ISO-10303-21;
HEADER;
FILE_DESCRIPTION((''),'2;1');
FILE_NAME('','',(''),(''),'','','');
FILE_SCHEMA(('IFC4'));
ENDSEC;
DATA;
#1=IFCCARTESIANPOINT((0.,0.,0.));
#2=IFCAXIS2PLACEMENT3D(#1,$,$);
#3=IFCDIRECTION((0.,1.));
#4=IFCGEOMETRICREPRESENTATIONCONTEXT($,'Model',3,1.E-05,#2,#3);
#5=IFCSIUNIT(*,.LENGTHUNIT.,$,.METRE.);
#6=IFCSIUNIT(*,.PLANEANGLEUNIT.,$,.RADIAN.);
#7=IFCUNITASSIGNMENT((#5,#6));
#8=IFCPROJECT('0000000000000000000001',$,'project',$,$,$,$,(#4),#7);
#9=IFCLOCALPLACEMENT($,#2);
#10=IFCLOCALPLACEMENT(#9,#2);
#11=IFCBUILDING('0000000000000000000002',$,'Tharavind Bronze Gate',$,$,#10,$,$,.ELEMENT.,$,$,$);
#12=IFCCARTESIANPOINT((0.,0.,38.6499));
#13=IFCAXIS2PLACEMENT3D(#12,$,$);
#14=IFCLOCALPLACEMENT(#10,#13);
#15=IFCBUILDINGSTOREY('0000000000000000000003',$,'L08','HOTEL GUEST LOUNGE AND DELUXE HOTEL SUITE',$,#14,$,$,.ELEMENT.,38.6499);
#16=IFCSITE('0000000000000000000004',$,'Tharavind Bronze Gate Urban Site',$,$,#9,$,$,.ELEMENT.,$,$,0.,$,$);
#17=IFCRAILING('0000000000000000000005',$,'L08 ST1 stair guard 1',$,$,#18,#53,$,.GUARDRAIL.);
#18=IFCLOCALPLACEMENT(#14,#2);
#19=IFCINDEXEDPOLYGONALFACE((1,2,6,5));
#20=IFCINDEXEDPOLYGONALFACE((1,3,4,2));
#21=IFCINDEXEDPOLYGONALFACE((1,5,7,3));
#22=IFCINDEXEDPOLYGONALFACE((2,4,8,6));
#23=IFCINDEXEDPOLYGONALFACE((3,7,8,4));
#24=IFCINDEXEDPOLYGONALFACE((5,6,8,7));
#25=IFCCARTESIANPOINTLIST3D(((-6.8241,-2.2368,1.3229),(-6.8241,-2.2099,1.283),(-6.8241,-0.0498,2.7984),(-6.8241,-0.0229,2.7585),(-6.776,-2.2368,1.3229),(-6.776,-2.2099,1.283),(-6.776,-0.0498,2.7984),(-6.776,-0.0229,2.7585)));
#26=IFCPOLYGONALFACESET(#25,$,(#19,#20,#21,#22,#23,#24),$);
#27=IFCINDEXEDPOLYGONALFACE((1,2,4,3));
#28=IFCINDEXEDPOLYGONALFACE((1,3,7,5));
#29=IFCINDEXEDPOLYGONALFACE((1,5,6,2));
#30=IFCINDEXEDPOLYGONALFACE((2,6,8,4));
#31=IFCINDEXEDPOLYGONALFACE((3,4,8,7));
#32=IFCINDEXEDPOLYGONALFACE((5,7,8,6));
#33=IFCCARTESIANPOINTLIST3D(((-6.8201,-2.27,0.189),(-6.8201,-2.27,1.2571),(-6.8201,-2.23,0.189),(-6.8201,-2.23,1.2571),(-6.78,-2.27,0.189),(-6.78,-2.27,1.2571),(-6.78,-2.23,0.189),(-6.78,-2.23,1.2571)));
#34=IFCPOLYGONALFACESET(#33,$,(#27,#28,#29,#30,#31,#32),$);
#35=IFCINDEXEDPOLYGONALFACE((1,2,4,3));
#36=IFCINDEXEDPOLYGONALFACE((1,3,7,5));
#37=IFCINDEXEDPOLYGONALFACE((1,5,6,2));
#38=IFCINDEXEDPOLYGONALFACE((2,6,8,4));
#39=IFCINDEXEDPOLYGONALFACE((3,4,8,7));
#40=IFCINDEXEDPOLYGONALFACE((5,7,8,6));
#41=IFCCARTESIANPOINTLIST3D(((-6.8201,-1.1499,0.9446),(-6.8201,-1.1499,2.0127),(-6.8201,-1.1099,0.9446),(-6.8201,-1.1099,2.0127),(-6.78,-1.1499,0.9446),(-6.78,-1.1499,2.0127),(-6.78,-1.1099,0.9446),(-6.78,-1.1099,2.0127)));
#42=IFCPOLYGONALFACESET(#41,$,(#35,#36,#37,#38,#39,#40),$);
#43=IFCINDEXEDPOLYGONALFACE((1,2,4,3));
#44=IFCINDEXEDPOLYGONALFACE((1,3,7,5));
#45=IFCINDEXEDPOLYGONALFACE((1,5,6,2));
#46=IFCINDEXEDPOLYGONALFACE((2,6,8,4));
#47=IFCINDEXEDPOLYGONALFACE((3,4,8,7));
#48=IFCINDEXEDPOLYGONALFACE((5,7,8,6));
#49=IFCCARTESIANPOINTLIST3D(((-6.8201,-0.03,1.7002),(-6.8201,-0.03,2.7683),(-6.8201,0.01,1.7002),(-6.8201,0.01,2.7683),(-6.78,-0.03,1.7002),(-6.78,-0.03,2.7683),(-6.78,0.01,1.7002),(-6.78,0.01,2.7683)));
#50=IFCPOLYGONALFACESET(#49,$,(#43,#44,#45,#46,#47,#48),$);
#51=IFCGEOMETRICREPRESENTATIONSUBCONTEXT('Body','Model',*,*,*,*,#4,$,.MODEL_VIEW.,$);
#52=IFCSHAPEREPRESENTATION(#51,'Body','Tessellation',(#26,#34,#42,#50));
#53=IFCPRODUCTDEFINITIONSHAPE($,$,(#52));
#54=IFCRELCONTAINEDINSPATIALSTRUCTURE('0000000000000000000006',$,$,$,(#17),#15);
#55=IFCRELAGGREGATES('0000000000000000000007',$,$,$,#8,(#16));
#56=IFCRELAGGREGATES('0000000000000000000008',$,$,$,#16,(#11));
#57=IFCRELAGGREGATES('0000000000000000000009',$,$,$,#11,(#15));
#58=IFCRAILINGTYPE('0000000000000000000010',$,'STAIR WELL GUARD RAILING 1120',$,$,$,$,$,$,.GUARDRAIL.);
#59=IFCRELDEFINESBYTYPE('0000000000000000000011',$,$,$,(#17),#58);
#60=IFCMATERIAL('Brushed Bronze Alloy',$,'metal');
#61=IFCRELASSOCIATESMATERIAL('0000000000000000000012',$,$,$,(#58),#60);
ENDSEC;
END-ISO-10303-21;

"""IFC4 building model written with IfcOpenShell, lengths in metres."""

from ifc_helpers import new_model, si_unit, direction, frame, origin, origin_2d, place, context, subcontext, project, spatial, rectangle, extrude, material, type_object, element, save


model = new_model("IFC4")

# Units and contexts
model_context = context("Model", 3, precision=1e-05, world=origin(), true_north=direction((0.0, 1.0)))
body_context = subcontext(model_context, "Body", "Model", "MODEL_VIEW")
ifc_project = project(units=[si_unit("LENGTHUNIT", "METRE"), si_unit("PLANEANGLEUNIT", "RADIAN")], contexts=[model_context])

# Site, building, storey
site_placement = place(None, origin())
site = spatial("IfcSite", under=ifc_project, at=site_placement, Name="Tharavind Bronze Gate Urban Site", CompositionType="ELEMENT", RefElevation=0.0)
building_placement = place(site_placement, origin())
building = spatial("IfcBuilding", under=site, at=building_placement, Name="Tharavind Bronze Gate", CompositionType="ELEMENT")
storey_placement = place(building_placement, frame((0.0, 0.0, 38.6499)))
storey = spatial("IfcBuildingStorey", under=building, at=storey_placement, Name="L08", Description="HOTEL GUEST LOUNGE AND DELUXE HOTEL SUITE", CompositionType="ELEMENT", Elevation=38.6499)

# Railing
ifc_material_1 = material(Name="Brushed Bronze Alloy", Category="metal")
railing_type_1 = type_object("IfcRailingType", Name="STAIR WELL GUARD RAILING 1120", PredefinedType="GUARDRAIL", material=ifc_material_1)
railing_1_placement = place(storey_placement, frame((-6.8, -2.25, 0.189)))
element("IfcRailing", 1, at=railing_1_placement, inside=storey, type_object=railing_type_1, Name="L08 ST1 stair guard 1", PredefinedType="GUARDRAIL", context=body_context, shape_type="SweptSolid", body=[
    extrude(rectangle(XDim=0.0481, YDim=0.0481, at=origin_2d()), frame((0.0, 0.0266, 1.114), z_axis=(0.0, 0.82898, 0.559279), x_axis=(-1.0, 0.0, 0.0)), (0.0, 0.0, 1.0), 2.6382),
    extrude(rectangle(XDim=0.04, YDim=0.04, at=origin_2d()), origin(), (0.0, 0.0, 1.0), 1.0681),
    extrude(rectangle(XDim=0.04, YDim=0.04, at=origin_2d()), frame((0.0, 1.1201, 0.7556)), (0.0, 0.0, 1.0), 1.0681),
    extrude(rectangle(XDim=0.04, YDim=0.04, at=origin_2d()), frame((0.0, 2.24, 1.5112)), (0.0, 0.0, 1.0), 1.0681),
])

save(model, "model.ifc")
